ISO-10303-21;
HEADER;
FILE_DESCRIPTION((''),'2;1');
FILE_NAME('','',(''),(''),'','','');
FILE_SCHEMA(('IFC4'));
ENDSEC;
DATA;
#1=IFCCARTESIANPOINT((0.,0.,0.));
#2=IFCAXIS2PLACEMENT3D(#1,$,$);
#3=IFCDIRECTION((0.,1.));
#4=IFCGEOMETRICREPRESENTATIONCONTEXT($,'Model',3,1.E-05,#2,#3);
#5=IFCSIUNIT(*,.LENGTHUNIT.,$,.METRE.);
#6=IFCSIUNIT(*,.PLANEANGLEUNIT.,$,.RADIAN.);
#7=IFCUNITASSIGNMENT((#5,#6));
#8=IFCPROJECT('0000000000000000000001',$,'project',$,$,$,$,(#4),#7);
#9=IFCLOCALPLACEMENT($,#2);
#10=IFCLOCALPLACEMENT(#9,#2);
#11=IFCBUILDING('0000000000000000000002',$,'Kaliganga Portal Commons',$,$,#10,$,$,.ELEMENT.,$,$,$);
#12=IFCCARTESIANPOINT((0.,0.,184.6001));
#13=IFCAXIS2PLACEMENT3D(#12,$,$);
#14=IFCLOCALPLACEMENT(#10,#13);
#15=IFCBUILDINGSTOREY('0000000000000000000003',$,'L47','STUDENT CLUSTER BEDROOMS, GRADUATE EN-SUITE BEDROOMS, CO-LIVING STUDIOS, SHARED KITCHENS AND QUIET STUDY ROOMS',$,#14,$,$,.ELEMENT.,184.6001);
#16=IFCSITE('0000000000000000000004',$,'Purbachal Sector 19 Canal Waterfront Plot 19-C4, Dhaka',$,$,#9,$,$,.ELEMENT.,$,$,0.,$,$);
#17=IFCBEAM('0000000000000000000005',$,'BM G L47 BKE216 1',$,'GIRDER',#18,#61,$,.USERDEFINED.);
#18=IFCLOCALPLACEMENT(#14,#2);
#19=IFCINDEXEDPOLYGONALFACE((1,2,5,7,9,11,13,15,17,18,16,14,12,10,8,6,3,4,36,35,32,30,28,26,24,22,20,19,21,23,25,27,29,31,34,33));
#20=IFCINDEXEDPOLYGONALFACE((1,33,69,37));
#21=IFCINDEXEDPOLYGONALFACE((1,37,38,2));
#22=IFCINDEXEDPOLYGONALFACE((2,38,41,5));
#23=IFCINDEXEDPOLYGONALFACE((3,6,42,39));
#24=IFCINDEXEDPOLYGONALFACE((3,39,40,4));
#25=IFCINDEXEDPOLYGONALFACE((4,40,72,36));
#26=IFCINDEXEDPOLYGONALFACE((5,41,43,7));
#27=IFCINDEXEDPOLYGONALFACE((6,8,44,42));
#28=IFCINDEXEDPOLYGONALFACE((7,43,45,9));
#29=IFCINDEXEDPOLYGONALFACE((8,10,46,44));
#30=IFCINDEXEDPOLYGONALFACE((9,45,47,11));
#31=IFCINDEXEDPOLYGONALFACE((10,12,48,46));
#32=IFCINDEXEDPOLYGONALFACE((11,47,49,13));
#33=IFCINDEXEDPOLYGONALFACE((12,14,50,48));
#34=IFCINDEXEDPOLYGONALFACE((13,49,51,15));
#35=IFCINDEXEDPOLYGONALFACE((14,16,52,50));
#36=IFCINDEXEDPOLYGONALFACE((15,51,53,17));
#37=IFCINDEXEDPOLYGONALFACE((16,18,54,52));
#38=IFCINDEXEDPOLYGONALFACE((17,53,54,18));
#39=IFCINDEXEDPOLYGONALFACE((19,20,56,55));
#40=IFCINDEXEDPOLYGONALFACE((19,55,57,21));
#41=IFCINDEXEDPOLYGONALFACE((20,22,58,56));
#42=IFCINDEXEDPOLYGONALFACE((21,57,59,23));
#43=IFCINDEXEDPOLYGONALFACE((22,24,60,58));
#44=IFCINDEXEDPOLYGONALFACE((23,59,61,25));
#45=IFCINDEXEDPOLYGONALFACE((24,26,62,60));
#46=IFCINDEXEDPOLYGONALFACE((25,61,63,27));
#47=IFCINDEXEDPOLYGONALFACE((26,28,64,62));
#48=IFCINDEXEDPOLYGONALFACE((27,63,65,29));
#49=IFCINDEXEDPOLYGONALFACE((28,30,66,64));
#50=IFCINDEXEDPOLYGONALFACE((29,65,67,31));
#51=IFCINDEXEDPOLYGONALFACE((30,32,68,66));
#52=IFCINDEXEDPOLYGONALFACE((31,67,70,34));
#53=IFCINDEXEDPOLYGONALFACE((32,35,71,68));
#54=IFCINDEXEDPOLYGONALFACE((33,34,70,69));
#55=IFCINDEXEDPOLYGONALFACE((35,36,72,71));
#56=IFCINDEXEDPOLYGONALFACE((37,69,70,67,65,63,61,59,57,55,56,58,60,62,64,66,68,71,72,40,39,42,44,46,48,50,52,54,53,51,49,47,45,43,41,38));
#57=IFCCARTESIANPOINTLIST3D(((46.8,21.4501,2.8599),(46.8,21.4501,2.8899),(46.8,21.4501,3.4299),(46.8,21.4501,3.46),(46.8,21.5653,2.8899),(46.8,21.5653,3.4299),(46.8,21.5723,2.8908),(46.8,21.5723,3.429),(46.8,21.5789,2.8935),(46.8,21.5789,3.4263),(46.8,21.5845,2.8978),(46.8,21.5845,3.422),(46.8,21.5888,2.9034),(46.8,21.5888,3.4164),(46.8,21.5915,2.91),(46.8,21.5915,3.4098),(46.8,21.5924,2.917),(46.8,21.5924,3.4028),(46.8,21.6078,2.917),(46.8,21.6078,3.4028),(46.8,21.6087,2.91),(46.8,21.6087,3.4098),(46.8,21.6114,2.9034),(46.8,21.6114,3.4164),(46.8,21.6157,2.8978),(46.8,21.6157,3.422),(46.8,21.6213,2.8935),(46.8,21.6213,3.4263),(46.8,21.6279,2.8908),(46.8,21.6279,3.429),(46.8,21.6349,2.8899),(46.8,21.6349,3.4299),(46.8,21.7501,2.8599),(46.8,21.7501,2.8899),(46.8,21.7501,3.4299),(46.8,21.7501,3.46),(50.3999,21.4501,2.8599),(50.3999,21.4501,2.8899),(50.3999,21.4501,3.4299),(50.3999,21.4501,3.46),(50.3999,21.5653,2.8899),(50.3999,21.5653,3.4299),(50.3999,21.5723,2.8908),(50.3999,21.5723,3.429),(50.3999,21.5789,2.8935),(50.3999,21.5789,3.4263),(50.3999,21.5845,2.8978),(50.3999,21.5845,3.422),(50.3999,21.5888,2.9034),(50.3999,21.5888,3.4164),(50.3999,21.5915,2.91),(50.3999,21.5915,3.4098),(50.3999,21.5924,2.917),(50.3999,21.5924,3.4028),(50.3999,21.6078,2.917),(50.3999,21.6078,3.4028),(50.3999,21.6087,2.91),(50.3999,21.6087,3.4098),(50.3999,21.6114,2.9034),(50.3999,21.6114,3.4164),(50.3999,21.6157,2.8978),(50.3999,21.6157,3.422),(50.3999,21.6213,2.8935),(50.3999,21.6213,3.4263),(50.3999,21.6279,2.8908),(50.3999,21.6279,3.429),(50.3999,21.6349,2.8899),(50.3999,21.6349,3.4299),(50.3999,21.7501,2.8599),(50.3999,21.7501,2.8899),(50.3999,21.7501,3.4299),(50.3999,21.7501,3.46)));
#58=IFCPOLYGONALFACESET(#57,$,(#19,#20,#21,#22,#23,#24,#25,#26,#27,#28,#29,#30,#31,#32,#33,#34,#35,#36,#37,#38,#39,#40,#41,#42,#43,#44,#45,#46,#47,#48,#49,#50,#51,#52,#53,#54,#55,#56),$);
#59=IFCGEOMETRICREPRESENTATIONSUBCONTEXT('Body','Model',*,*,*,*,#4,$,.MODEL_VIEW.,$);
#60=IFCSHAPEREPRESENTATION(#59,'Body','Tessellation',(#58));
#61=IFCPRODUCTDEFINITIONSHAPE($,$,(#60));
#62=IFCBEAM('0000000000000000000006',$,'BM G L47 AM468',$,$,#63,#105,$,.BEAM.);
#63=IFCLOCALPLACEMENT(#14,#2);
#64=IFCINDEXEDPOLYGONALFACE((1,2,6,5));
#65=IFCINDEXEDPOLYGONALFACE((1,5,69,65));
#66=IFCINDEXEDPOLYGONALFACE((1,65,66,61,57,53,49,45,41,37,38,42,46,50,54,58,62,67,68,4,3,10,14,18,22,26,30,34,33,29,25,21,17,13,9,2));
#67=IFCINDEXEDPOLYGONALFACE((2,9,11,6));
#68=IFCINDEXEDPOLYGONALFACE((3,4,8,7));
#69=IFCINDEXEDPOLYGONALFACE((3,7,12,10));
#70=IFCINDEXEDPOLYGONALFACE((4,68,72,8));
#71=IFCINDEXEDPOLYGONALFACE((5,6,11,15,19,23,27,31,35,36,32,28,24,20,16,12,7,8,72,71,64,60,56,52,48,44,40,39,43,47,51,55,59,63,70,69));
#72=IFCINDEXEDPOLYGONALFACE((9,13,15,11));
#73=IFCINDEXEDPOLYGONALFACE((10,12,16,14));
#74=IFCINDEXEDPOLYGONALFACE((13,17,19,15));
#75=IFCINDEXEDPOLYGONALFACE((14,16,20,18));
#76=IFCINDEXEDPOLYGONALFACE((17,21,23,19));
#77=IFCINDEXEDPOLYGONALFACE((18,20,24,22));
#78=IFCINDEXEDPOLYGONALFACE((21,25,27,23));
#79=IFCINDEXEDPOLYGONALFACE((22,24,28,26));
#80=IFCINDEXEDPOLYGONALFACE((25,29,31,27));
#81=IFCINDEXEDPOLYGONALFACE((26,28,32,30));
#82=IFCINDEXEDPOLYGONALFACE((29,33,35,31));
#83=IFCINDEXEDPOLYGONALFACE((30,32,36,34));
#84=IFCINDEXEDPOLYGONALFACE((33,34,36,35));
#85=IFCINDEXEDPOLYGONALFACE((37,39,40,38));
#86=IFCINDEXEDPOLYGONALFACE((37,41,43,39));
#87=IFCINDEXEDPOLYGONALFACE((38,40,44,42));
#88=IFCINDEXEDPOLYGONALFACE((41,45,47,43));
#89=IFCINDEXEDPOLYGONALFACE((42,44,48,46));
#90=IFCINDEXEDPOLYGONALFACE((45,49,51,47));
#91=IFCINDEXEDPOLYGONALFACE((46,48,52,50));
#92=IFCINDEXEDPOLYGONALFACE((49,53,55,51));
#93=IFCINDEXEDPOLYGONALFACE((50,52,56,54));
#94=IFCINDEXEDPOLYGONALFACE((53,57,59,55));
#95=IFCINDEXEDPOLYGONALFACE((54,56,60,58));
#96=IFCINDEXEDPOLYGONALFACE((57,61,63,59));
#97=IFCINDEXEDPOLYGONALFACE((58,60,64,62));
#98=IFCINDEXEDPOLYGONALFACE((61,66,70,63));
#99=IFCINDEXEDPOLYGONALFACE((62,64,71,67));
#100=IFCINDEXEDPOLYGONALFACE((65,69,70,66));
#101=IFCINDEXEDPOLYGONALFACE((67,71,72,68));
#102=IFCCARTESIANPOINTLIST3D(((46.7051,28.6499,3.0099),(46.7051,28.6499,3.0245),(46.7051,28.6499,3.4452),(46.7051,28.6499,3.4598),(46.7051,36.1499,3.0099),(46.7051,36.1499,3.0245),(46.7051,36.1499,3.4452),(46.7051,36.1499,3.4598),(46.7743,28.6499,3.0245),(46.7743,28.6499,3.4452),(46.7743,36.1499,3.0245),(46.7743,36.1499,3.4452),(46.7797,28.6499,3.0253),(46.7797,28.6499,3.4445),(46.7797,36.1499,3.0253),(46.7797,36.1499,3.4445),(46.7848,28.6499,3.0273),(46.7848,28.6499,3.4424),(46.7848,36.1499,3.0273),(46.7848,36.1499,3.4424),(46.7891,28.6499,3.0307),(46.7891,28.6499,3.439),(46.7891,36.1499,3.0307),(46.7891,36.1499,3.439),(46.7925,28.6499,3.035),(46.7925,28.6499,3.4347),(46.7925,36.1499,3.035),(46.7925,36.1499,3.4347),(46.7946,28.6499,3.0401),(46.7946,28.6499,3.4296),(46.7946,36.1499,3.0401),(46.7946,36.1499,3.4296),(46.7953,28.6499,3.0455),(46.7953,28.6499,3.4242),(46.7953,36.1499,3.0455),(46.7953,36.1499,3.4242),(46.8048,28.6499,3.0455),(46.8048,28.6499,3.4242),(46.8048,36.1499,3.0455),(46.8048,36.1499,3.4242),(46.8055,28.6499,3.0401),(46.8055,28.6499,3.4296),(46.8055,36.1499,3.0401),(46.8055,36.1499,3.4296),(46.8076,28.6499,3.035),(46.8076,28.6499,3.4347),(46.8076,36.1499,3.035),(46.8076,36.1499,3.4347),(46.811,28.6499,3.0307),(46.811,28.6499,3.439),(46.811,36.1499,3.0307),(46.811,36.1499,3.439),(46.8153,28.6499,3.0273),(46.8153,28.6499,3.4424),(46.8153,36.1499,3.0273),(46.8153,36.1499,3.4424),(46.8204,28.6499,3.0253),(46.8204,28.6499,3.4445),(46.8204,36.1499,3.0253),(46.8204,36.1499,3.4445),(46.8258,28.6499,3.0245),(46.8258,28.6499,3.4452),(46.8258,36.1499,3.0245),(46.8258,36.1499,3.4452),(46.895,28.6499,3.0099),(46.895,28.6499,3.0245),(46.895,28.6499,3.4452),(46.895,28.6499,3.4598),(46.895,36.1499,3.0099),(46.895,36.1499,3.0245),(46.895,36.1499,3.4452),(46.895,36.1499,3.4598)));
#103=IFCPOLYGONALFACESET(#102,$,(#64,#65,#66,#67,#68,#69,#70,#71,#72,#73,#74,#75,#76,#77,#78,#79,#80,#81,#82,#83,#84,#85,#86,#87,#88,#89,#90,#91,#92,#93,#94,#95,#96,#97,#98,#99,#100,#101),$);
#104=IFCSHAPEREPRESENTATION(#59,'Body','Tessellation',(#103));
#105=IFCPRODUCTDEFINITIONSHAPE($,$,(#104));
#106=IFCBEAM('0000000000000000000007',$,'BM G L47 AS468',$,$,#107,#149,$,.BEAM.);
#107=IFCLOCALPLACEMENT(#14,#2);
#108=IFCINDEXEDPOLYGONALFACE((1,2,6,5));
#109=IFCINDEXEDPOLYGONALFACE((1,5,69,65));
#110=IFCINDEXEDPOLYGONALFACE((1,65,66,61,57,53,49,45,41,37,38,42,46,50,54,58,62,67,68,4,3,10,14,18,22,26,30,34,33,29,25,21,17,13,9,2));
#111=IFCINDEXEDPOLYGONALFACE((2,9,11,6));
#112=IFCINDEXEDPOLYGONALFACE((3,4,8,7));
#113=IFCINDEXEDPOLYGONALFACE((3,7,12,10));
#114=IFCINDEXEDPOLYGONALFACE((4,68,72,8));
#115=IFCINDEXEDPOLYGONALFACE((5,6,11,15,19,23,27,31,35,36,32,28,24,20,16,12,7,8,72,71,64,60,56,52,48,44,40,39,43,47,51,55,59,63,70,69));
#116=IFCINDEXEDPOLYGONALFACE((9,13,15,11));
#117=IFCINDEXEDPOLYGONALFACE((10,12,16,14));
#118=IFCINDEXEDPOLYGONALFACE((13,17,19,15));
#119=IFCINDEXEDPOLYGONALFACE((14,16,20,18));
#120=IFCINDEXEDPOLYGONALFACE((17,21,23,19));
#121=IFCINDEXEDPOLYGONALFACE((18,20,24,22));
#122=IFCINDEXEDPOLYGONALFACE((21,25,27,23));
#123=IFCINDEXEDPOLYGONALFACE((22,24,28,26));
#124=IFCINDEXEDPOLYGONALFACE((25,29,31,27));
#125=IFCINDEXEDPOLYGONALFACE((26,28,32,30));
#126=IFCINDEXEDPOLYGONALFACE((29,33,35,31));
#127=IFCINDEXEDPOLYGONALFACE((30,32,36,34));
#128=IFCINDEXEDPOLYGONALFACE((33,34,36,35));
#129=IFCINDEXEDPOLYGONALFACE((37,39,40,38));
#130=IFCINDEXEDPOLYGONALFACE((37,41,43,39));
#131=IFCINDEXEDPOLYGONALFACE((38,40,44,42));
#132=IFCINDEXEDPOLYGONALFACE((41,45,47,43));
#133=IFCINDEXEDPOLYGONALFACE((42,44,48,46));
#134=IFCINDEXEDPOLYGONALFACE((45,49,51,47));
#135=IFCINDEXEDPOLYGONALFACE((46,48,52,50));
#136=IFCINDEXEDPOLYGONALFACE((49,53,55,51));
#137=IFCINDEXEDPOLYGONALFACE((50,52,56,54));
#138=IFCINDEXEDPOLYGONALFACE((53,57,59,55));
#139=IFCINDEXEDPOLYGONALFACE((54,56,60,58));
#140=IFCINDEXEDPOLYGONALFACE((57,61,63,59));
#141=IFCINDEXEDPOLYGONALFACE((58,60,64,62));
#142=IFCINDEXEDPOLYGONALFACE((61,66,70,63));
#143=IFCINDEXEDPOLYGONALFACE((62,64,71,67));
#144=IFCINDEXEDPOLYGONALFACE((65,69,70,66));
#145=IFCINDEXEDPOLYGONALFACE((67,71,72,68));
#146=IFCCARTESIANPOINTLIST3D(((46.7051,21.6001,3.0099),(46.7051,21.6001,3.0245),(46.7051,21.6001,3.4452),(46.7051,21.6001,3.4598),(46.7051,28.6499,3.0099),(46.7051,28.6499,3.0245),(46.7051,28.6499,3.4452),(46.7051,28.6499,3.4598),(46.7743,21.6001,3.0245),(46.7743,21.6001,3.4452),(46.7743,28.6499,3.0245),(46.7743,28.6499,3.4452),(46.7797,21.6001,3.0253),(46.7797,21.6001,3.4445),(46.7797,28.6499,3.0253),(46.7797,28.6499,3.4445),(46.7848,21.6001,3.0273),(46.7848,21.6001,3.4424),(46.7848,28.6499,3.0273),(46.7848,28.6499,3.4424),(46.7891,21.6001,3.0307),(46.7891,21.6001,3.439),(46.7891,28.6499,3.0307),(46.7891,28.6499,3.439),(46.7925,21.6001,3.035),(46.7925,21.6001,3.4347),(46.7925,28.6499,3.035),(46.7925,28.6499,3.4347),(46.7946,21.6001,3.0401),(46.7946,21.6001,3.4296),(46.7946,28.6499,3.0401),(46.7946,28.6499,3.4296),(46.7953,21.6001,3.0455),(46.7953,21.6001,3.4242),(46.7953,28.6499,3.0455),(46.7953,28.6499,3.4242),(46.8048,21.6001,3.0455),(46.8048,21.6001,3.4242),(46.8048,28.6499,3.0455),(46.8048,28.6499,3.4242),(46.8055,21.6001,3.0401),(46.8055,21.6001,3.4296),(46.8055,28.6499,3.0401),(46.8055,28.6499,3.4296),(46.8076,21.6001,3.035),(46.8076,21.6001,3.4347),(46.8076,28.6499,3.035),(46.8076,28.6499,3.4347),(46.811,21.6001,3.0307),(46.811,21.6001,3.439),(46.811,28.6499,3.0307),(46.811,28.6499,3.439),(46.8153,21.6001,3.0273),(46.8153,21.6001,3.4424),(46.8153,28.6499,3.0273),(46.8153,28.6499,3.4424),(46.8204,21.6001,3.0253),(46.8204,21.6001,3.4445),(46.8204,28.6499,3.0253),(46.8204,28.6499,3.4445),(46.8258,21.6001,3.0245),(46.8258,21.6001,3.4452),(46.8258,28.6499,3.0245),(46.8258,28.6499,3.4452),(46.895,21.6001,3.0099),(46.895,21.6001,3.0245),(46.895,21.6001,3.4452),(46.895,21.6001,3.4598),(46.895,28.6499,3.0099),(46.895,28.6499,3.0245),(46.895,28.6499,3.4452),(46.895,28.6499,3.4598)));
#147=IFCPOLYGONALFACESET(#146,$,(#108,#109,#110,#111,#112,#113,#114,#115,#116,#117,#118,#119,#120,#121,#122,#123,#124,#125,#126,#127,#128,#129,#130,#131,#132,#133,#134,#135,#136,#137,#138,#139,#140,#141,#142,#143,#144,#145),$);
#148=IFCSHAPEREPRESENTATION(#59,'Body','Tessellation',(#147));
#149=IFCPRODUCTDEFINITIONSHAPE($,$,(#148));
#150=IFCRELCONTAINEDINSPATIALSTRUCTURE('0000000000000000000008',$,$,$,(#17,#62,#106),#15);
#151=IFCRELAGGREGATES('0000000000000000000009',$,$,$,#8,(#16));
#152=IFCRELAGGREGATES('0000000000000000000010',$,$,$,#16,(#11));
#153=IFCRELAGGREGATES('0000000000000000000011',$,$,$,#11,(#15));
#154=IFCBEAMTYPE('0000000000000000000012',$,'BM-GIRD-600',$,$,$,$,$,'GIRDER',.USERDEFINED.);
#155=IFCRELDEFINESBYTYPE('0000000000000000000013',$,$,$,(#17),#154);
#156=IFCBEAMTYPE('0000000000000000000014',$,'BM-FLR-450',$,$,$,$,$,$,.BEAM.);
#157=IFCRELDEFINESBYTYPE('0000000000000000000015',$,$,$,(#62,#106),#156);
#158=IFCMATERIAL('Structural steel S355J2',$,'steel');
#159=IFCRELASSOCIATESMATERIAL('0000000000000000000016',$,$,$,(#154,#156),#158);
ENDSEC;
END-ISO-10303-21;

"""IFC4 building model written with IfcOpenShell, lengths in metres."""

from ifc_helpers import new_model, si_unit, direction, frame, origin, origin_2d, place, context, subcontext, project, spatial, i_section, extrude, source, transform, mapped, material, material_profile, profile_set, type_object, element, save


model = new_model("IFC4")

# Units and contexts
model_context = context("Model", 3, precision=1e-05, world=origin(), true_north=direction((0.0, 1.0)))
body_context = subcontext(model_context, "Body", "Model", "MODEL_VIEW")
ifc_project = project(units=[si_unit("LENGTHUNIT", "METRE"), si_unit("PLANEANGLEUNIT", "RADIAN")], contexts=[model_context])

# Site, building, storey
site_placement = place(None, origin())
site = spatial("IfcSite", under=ifc_project, at=site_placement, Name="Purbachal Sector 19 Canal Waterfront Plot 19-C4, Dhaka", CompositionType="ELEMENT", RefElevation=0.0)
building_placement = place(site_placement, origin())
building = spatial("IfcBuilding", under=site, at=building_placement, Name="Kaliganga Portal Commons", CompositionType="ELEMENT")
storey_placement = place(building_placement, frame((0.0, 0.0, 184.6001)))
storey = spatial("IfcBuildingStorey", under=building, at=storey_placement, Name="L47", Description="STUDENT CLUSTER BEDROOMS, GRADUATE EN-SUITE BEDROOMS, CO-LIVING STUDIOS, SHARED KITCHENS AND QUIET STUDY ROOMS", CompositionType="ELEMENT", Elevation=184.6001)

# Beams
ifc_material_1 = material(Name="Structural steel S355J2", Category="steel")
ifc_material_profile_1 = material_profile(ifc_material_1, i_section(OverallWidth=0.3, OverallDepth=0.6001, WebThickness=0.0154, FlangeThickness=0.03, FilletRadius=0.0271, at=origin_2d()), Name="HE 600 B")
ifc_profile_set_1 = profile_set([ifc_material_profile_1], Name="Structural steel S355J2 wide-flange")
beam_type_1 = type_object("IfcBeamType", Name="BM-GIRD-600", ElementType="GIRDER", PredefinedType="USERDEFINED", material=ifc_profile_set_1)
shared_shape_1 = source(origin(), body_context, "Body", "SweptSolid", [
    extrude(i_section(OverallWidth=0.3, OverallDepth=0.6001, WebThickness=0.0154, FlangeThickness=0.03, FilletRadius=0.0271, at=origin_2d()), origin(), (0.0, 0.0, 1.0), 3.5999),
])
beam_1_placement = place(storey_placement, frame((46.8, 21.6001, 3.1599), z_axis=(1.0, 0.0, 0.0), x_axis=(0.0, 1.0, 0.0)))
element("IfcBeam", 1, at=beam_1_placement, inside=storey, type_object=beam_type_1, Name="BM G L47 BKE216 1", ObjectType="GIRDER", PredefinedType="USERDEFINED", context=body_context, shape_type="MappedRepresentation", body=[
    mapped(shared_shape_1, transform((0.0, 0.0, 0.0), x_axis=(1.0, 0.0, 0.0), y_axis=(0.0, 1.0, 0.0), z_axis=(0.0, 0.0, 1.0), scale=1.0)),
])
ifc_material_profile_2 = material_profile(ifc_material_1, i_section(OverallWidth=0.1899, OverallDepth=0.45, WebThickness=0.0095, FlangeThickness=0.0146, FilletRadius=0.021, at=origin_2d()), Name="IPE 450")
ifc_profile_set_2 = profile_set([ifc_material_profile_2], Name="Structural steel S355J2 wide-flange")
beam_type_2 = type_object("IfcBeamType", Name="BM-FLR-450", PredefinedType="BEAM", material=ifc_profile_set_2)
shared_shape_2 = source(origin(), body_context, "Body", "SweptSolid", [
    extrude(i_section(OverallWidth=0.1899, OverallDepth=0.45, WebThickness=0.0095, FlangeThickness=0.0146, FilletRadius=0.021, at=origin_2d()), origin(), (0.0, 0.0, 1.0), 7.5),
])
beam_2_placement = place(storey_placement, frame((46.8, 28.6499, 3.2349), z_axis=(0.0, 1.0, 0.0), x_axis=(-1.0, 0.0, 0.0)))
element("IfcBeam", 2, at=beam_2_placement, inside=storey, type_object=beam_type_2, Name="BM G L47 AM468", PredefinedType="BEAM", context=body_context, shape_type="MappedRepresentation", body=[
    mapped(shared_shape_2, transform((0.0, 0.0, 0.0), x_axis=(1.0, 0.0, 0.0), y_axis=(0.0, 1.0, 0.0), z_axis=(0.0, 0.0, 1.0), scale=1.0)),
])
shared_shape_3 = source(origin(), body_context, "Body", "SweptSolid", [
    extrude(i_section(OverallWidth=0.1899, OverallDepth=0.45, WebThickness=0.0095, FlangeThickness=0.0146, FilletRadius=0.021, at=origin_2d()), origin(), (0.0, 0.0, 1.0), 7.0498),
])
beam_3_placement = place(storey_placement, frame((46.8, 21.6001, 3.2349), z_axis=(0.0, 1.0, 0.0), x_axis=(-1.0, 0.0, 0.0)))
element("IfcBeam", 3, at=beam_3_placement, inside=storey, type_object=beam_type_2, Name="BM G L47 AS468", PredefinedType="BEAM", context=body_context, shape_type="MappedRepresentation", body=[
    mapped(shared_shape_3, transform((0.0, 0.0, 0.0), x_axis=(1.0, 0.0, 0.0), y_axis=(0.0, 1.0, 0.0), z_axis=(0.0, 0.0, 1.0), scale=1.0)),
])

save(model, "model.ifc")
